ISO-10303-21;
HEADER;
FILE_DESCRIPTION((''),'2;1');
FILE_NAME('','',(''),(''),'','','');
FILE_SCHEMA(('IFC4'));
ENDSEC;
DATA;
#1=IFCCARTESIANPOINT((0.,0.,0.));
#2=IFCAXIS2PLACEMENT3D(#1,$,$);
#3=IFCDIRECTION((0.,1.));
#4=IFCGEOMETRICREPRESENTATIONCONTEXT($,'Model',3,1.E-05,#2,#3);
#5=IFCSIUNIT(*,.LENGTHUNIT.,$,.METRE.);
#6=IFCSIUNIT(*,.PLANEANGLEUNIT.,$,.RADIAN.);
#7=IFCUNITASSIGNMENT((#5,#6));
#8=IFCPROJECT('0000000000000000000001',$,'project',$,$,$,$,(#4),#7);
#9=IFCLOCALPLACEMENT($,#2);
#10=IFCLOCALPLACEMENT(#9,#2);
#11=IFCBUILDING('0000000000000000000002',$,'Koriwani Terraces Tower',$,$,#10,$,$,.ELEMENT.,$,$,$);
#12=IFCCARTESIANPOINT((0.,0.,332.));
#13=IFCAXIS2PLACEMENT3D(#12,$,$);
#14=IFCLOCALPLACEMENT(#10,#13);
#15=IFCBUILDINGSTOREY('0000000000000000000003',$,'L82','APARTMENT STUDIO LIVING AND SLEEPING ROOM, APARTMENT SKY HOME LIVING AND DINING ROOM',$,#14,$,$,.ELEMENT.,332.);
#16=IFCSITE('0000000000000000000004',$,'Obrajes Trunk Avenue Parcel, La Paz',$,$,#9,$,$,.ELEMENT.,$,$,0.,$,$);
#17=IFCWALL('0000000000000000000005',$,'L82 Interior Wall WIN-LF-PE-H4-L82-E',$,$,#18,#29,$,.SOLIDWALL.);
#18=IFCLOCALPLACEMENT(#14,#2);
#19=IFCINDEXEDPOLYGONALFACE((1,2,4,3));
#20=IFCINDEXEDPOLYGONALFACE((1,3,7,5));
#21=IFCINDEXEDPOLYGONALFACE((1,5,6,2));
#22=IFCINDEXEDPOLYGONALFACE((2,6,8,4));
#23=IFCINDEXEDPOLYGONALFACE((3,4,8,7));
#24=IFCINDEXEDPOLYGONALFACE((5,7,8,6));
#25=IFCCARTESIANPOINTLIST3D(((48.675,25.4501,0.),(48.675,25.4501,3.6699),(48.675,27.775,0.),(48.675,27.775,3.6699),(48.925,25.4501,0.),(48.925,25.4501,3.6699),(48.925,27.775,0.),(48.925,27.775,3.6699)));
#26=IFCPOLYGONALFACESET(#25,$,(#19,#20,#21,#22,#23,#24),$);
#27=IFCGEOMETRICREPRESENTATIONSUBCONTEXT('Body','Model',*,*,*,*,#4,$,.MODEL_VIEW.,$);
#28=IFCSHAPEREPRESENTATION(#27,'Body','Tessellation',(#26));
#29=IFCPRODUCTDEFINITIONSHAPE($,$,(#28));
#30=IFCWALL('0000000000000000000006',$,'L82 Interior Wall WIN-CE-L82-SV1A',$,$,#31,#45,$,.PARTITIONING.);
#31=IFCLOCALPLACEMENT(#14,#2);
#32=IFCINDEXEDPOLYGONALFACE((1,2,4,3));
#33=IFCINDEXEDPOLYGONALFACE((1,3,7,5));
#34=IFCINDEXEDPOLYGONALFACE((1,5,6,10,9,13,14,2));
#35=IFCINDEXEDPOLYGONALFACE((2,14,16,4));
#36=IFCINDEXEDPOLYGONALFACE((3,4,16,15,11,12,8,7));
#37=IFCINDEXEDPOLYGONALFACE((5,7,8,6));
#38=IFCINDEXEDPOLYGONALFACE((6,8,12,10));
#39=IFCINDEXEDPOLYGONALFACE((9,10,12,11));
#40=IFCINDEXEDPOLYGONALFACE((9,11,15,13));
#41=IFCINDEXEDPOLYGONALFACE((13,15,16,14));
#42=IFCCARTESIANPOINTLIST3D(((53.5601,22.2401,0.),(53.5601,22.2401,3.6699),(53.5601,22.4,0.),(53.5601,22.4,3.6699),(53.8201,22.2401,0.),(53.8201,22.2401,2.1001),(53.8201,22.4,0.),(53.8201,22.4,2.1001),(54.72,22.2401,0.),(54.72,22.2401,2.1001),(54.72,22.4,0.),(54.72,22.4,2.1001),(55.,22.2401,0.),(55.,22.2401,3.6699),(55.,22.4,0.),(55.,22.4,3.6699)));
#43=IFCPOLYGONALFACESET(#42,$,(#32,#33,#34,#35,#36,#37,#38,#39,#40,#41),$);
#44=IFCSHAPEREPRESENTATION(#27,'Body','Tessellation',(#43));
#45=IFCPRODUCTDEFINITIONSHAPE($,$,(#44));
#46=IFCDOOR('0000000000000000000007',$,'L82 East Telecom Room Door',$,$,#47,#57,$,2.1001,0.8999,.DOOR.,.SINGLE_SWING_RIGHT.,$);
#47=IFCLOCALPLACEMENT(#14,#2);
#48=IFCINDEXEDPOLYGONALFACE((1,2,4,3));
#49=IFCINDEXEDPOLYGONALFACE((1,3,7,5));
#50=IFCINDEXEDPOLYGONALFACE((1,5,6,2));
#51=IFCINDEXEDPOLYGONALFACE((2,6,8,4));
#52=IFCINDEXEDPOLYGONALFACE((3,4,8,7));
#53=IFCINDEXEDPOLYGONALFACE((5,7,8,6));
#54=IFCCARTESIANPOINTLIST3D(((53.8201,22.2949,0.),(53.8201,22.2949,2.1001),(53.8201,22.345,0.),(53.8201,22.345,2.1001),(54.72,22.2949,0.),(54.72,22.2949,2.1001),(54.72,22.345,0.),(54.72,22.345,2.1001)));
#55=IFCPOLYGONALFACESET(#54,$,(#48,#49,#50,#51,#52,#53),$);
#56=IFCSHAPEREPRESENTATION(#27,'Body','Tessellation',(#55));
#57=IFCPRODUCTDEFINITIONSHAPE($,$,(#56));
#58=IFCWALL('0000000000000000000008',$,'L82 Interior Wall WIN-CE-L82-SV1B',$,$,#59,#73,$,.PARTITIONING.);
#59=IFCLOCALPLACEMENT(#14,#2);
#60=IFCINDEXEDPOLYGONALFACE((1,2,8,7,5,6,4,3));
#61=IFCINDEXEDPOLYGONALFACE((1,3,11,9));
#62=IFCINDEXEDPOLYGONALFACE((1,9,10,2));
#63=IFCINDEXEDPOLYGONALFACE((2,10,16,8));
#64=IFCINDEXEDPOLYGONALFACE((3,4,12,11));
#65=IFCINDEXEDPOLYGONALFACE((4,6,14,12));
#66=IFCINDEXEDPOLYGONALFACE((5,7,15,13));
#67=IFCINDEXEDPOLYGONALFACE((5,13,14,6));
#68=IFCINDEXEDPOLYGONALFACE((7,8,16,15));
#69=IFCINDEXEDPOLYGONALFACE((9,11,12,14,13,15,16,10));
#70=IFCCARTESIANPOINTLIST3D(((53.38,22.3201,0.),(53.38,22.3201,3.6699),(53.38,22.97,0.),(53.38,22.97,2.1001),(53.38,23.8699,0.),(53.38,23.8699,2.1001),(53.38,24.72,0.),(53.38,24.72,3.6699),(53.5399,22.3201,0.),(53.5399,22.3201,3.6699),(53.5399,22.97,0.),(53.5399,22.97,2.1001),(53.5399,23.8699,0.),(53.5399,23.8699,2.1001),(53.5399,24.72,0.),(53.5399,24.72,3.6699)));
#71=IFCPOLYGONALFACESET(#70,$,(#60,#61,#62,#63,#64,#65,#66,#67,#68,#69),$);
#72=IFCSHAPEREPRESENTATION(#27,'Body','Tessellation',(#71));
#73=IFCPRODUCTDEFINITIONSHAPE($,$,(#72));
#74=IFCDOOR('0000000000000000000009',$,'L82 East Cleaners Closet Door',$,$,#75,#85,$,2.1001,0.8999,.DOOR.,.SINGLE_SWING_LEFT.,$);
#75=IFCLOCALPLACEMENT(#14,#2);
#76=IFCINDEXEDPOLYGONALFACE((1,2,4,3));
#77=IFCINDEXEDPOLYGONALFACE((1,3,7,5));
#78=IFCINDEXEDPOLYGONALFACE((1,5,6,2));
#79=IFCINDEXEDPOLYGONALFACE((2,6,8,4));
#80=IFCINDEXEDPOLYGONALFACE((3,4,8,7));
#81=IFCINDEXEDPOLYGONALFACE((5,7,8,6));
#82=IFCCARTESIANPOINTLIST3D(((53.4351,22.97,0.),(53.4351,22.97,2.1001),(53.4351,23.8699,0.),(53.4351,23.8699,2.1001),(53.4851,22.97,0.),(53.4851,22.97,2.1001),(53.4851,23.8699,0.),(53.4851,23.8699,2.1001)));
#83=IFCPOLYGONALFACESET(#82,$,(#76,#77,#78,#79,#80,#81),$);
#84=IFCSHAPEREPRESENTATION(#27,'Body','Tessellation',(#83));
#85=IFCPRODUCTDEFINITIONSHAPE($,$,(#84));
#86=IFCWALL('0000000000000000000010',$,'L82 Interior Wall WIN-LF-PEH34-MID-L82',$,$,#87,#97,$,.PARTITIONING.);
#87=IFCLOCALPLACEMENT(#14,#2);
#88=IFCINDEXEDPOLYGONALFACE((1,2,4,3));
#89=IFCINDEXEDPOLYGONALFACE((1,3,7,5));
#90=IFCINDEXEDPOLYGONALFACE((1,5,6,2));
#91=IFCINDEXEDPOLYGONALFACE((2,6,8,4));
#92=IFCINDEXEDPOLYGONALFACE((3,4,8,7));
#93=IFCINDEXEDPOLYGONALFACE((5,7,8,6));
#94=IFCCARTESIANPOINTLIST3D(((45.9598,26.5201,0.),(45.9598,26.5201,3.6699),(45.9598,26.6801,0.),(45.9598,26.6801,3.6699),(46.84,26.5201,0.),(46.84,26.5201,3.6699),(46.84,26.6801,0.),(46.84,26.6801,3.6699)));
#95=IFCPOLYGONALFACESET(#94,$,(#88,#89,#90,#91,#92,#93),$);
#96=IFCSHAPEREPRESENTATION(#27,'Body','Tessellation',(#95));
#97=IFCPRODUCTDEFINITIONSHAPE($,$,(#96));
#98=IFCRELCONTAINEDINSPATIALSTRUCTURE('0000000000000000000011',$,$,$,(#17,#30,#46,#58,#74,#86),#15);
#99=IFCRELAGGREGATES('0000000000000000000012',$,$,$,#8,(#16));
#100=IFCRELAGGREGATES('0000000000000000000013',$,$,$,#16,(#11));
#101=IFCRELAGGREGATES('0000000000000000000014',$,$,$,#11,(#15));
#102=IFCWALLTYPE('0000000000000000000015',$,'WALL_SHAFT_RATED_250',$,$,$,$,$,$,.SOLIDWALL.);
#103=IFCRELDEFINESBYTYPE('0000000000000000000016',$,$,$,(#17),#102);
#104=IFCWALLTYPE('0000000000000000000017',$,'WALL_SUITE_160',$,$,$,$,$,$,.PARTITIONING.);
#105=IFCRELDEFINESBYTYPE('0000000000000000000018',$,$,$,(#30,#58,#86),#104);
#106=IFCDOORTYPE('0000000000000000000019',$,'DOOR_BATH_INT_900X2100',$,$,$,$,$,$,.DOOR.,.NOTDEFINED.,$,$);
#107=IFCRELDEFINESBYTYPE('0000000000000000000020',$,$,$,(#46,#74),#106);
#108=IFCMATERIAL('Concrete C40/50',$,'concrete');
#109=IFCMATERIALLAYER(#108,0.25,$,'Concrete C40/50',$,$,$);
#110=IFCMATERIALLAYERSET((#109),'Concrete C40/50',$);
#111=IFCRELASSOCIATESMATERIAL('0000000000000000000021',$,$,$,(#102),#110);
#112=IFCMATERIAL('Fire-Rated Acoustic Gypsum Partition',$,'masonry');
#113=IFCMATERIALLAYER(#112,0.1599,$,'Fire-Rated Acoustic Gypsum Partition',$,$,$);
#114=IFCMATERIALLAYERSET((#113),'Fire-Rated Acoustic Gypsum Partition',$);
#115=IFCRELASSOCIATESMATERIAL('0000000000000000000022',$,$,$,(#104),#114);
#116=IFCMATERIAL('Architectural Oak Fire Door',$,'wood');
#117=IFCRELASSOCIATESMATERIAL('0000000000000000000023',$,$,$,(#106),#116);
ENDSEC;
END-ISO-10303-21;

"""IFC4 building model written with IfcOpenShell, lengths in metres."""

from ifc_helpers import new_model, si_unit, direction, frame, frame_2d, origin, place, context, subcontext, project, spatial, rectangle, extrude, material, layer, layer_set, type_object, element, fill, save


model = new_model("IFC4")

# Units and contexts
model_context = context("Model", 3, precision=1e-05, world=origin(), true_north=direction((0.0, 1.0)))
body_context = subcontext(model_context, "Body", "Model", "MODEL_VIEW")
ifc_project = project(units=[si_unit("LENGTHUNIT", "METRE"), si_unit("PLANEANGLEUNIT", "RADIAN")], contexts=[model_context])

# Site, building, storey
site_placement = place(None, origin())
site = spatial("IfcSite", under=ifc_project, at=site_placement, Name="Obrajes Trunk Avenue Parcel, La Paz", CompositionType="ELEMENT", RefElevation=0.0)
building_placement = place(site_placement, origin())
building = spatial("IfcBuilding", under=site, at=building_placement, Name="Koriwani Terraces Tower", CompositionType="ELEMENT")
storey_placement = place(building_placement, frame((0.0, 0.0, 332.0)))
storey = spatial("IfcBuildingStorey", under=building, at=storey_placement, Name="L82", Description="APARTMENT STUDIO LIVING AND SLEEPING ROOM, APARTMENT SKY HOME LIVING AND DINING ROOM", CompositionType="ELEMENT", Elevation=332.0)

# Shared definitions
ifc_material_1 = material(Name="Concrete C40/50", Category="concrete")

# Shared definitions
ifc_layer_1 = layer(ifc_material_1, 0.25, Name="Concrete C40/50")
ifc_layer_set_1 = layer_set([ifc_layer_1], Name="Concrete C40/50")
wall_type_1 = type_object("IfcWallType", Name="WALL_SHAFT_RATED_250", PredefinedType="SOLIDWALL", material=ifc_layer_set_1)

# Wall
for number, where, z_axis, x_axis, name in (
    (1, (48.8, 25.45, 0.0), (0.0, 0.0, 1.0), (0.0, 1.0, 0.0), "L82 Interior Wall WIN-LF-PE-H4-L82-E"),
):
    element("IfcWall", number, at=place(storey_placement, frame(where, z_axis=z_axis, x_axis=x_axis)), inside=storey, type_object=wall_type_1, Name=name, PredefinedType="SOLIDWALL", context=body_context, shape_type="SweptSolid", body=[
        extrude(rectangle(XDim=2.325, YDim=0.25, at=frame_2d((1.1626, 0.0))), origin(), (0.0, 0.0, 1.0), 3.6699),
    ])

# Walls, openings, doors
ifc_material_2 = material(Name="Fire-Rated Acoustic Gypsum Partition", Category="masonry")
ifc_layer_2 = layer(ifc_material_2, 0.1599, Name="Fire-Rated Acoustic Gypsum Partition")
ifc_layer_set_2 = layer_set([ifc_layer_2], Name="Fire-Rated Acoustic Gypsum Partition")
wall_type_2 = type_object("IfcWallType", Name="WALL_SUITE_160", PredefinedType="PARTITIONING", material=ifc_layer_set_2)
wall_1_placement = place(storey_placement, frame((53.5601, 22.3201, 0.0), z_axis=(0.0, 0.0, 1.0), x_axis=(1.0, 0.0, 0.0)))
wall_1 = element("IfcWall", 2, at=wall_1_placement, inside=storey, type_object=wall_type_2, Name="L82 Interior Wall WIN-CE-L82-SV1A", PredefinedType="PARTITIONING", context=body_context, shape_type="SweptSolid", body=[
    extrude(rectangle(XDim=1.4399, YDim=0.1599, at=frame_2d((0.72, 0.0))), origin(), (0.0, 0.0, 1.0), 3.6699),
])
opening_1_placement = place(wall_1_placement, frame((0.26, 0.0, 0.0)))
opening_1 = element("IfcOpeningElement", 3, at=opening_1_placement, cuts=wall_1, PredefinedType="OPENING", context=body_context, shape_type="SweptSolid", body=[
    extrude(rectangle(XDim=0.8999, YDim=2.1001, at=frame_2d((0.45, 1.05))), frame((0.0, 0.0898, 0.0), z_axis=(0.0, -1.0, 0.0), x_axis=(1.0, 0.0, 0.0)), (0.0, 0.0, 1.0), 0.1799),
])
ifc_material_3 = material(Name="Architectural Oak Fire Door", Category="wood")
door_type_1 = type_object("IfcDoorType", Name="DOOR_BATH_INT_900X2100", OperationType="NOTDEFINED", PredefinedType="DOOR", material=ifc_material_3)
door_1_placement = place(opening_1_placement, origin())
door_1 = element("IfcDoor", 4, at=door_1_placement, inside=storey, type_object=door_type_1, Name="L82 East Telecom Room Door", OperationType="SINGLE_SWING_RIGHT", OverallHeight=2.1001, OverallWidth=0.8999, PredefinedType="DOOR", context=body_context, shape_type="SweptSolid", body=[
    extrude(rectangle(XDim=0.8999, YDim=2.1001, at=frame_2d((0.45, 1.05))), frame((0.0, 0.0249, 0.0), z_axis=(0.0, -1.0, 0.0), x_axis=(1.0, 0.0, 0.0)), (0.0, 0.0, 1.0), 0.05),
])
fill(opening_1, door_1)
wall_2_placement = place(storey_placement, frame((53.46, 22.3201, 0.0), z_axis=(0.0, 0.0, 1.0), x_axis=(0.0, 1.0, 0.0)))
wall_2 = element("IfcWall", 5, at=wall_2_placement, inside=storey, type_object=wall_type_2, Name="L82 Interior Wall WIN-CE-L82-SV1B", PredefinedType="PARTITIONING", context=body_context, shape_type="SweptSolid", body=[
    extrude(rectangle(XDim=2.3999, YDim=0.1599, at=frame_2d((1.2, 0.0))), origin(), (0.0, 0.0, 1.0), 3.6699),
])
opening_2_placement = place(wall_2_placement, frame((0.6499, 0.0, 0.0)))
opening_2 = element("IfcOpeningElement", 6, at=opening_2_placement, cuts=wall_2, PredefinedType="OPENING", context=body_context, shape_type="SweptSolid", body=[
    extrude(rectangle(XDim=0.8999, YDim=2.1001, at=frame_2d((0.45, 1.05))), frame((0.0, 0.0898, 0.0), z_axis=(0.0, -1.0, 0.0), x_axis=(1.0, 0.0, 0.0)), (0.0, 0.0, 1.0), 0.1799),
])
door_2_placement = place(opening_2_placement, origin())
door_2 = element("IfcDoor", 7, at=door_2_placement, inside=storey, type_object=door_type_1, Name="L82 East Cleaners Closet Door", OperationType="SINGLE_SWING_LEFT", OverallHeight=2.1001, OverallWidth=0.8999, PredefinedType="DOOR", context=body_context, shape_type="SweptSolid", body=[
    extrude(rectangle(XDim=0.8999, YDim=2.1001, at=frame_2d((0.45, 1.05))), frame((0.0, 0.0249, 0.0), z_axis=(0.0, -1.0, 0.0), x_axis=(1.0, 0.0, 0.0)), (0.0, 0.0, 1.0), 0.05),
])
fill(opening_2, door_2)

# Wall
wall_3_placement = place(storey_placement, frame((45.96, 26.6001, 0.0), z_axis=(0.0, 0.0, 1.0), x_axis=(1.0, 0.0, 0.0)))
element("IfcWall", 8, at=wall_3_placement, inside=storey, type_object=wall_type_2, Name="L82 Interior Wall WIN-LF-PEH34-MID-L82", PredefinedType="PARTITIONING", context=body_context, shape_type="SweptSolid", body=[
    extrude(rectangle(XDim=0.8801, YDim=0.1599, at=frame_2d((0.4399, 0.0))), origin(), (0.0, 0.0, 1.0), 3.6699),
])

save(model, "model.ifc")
